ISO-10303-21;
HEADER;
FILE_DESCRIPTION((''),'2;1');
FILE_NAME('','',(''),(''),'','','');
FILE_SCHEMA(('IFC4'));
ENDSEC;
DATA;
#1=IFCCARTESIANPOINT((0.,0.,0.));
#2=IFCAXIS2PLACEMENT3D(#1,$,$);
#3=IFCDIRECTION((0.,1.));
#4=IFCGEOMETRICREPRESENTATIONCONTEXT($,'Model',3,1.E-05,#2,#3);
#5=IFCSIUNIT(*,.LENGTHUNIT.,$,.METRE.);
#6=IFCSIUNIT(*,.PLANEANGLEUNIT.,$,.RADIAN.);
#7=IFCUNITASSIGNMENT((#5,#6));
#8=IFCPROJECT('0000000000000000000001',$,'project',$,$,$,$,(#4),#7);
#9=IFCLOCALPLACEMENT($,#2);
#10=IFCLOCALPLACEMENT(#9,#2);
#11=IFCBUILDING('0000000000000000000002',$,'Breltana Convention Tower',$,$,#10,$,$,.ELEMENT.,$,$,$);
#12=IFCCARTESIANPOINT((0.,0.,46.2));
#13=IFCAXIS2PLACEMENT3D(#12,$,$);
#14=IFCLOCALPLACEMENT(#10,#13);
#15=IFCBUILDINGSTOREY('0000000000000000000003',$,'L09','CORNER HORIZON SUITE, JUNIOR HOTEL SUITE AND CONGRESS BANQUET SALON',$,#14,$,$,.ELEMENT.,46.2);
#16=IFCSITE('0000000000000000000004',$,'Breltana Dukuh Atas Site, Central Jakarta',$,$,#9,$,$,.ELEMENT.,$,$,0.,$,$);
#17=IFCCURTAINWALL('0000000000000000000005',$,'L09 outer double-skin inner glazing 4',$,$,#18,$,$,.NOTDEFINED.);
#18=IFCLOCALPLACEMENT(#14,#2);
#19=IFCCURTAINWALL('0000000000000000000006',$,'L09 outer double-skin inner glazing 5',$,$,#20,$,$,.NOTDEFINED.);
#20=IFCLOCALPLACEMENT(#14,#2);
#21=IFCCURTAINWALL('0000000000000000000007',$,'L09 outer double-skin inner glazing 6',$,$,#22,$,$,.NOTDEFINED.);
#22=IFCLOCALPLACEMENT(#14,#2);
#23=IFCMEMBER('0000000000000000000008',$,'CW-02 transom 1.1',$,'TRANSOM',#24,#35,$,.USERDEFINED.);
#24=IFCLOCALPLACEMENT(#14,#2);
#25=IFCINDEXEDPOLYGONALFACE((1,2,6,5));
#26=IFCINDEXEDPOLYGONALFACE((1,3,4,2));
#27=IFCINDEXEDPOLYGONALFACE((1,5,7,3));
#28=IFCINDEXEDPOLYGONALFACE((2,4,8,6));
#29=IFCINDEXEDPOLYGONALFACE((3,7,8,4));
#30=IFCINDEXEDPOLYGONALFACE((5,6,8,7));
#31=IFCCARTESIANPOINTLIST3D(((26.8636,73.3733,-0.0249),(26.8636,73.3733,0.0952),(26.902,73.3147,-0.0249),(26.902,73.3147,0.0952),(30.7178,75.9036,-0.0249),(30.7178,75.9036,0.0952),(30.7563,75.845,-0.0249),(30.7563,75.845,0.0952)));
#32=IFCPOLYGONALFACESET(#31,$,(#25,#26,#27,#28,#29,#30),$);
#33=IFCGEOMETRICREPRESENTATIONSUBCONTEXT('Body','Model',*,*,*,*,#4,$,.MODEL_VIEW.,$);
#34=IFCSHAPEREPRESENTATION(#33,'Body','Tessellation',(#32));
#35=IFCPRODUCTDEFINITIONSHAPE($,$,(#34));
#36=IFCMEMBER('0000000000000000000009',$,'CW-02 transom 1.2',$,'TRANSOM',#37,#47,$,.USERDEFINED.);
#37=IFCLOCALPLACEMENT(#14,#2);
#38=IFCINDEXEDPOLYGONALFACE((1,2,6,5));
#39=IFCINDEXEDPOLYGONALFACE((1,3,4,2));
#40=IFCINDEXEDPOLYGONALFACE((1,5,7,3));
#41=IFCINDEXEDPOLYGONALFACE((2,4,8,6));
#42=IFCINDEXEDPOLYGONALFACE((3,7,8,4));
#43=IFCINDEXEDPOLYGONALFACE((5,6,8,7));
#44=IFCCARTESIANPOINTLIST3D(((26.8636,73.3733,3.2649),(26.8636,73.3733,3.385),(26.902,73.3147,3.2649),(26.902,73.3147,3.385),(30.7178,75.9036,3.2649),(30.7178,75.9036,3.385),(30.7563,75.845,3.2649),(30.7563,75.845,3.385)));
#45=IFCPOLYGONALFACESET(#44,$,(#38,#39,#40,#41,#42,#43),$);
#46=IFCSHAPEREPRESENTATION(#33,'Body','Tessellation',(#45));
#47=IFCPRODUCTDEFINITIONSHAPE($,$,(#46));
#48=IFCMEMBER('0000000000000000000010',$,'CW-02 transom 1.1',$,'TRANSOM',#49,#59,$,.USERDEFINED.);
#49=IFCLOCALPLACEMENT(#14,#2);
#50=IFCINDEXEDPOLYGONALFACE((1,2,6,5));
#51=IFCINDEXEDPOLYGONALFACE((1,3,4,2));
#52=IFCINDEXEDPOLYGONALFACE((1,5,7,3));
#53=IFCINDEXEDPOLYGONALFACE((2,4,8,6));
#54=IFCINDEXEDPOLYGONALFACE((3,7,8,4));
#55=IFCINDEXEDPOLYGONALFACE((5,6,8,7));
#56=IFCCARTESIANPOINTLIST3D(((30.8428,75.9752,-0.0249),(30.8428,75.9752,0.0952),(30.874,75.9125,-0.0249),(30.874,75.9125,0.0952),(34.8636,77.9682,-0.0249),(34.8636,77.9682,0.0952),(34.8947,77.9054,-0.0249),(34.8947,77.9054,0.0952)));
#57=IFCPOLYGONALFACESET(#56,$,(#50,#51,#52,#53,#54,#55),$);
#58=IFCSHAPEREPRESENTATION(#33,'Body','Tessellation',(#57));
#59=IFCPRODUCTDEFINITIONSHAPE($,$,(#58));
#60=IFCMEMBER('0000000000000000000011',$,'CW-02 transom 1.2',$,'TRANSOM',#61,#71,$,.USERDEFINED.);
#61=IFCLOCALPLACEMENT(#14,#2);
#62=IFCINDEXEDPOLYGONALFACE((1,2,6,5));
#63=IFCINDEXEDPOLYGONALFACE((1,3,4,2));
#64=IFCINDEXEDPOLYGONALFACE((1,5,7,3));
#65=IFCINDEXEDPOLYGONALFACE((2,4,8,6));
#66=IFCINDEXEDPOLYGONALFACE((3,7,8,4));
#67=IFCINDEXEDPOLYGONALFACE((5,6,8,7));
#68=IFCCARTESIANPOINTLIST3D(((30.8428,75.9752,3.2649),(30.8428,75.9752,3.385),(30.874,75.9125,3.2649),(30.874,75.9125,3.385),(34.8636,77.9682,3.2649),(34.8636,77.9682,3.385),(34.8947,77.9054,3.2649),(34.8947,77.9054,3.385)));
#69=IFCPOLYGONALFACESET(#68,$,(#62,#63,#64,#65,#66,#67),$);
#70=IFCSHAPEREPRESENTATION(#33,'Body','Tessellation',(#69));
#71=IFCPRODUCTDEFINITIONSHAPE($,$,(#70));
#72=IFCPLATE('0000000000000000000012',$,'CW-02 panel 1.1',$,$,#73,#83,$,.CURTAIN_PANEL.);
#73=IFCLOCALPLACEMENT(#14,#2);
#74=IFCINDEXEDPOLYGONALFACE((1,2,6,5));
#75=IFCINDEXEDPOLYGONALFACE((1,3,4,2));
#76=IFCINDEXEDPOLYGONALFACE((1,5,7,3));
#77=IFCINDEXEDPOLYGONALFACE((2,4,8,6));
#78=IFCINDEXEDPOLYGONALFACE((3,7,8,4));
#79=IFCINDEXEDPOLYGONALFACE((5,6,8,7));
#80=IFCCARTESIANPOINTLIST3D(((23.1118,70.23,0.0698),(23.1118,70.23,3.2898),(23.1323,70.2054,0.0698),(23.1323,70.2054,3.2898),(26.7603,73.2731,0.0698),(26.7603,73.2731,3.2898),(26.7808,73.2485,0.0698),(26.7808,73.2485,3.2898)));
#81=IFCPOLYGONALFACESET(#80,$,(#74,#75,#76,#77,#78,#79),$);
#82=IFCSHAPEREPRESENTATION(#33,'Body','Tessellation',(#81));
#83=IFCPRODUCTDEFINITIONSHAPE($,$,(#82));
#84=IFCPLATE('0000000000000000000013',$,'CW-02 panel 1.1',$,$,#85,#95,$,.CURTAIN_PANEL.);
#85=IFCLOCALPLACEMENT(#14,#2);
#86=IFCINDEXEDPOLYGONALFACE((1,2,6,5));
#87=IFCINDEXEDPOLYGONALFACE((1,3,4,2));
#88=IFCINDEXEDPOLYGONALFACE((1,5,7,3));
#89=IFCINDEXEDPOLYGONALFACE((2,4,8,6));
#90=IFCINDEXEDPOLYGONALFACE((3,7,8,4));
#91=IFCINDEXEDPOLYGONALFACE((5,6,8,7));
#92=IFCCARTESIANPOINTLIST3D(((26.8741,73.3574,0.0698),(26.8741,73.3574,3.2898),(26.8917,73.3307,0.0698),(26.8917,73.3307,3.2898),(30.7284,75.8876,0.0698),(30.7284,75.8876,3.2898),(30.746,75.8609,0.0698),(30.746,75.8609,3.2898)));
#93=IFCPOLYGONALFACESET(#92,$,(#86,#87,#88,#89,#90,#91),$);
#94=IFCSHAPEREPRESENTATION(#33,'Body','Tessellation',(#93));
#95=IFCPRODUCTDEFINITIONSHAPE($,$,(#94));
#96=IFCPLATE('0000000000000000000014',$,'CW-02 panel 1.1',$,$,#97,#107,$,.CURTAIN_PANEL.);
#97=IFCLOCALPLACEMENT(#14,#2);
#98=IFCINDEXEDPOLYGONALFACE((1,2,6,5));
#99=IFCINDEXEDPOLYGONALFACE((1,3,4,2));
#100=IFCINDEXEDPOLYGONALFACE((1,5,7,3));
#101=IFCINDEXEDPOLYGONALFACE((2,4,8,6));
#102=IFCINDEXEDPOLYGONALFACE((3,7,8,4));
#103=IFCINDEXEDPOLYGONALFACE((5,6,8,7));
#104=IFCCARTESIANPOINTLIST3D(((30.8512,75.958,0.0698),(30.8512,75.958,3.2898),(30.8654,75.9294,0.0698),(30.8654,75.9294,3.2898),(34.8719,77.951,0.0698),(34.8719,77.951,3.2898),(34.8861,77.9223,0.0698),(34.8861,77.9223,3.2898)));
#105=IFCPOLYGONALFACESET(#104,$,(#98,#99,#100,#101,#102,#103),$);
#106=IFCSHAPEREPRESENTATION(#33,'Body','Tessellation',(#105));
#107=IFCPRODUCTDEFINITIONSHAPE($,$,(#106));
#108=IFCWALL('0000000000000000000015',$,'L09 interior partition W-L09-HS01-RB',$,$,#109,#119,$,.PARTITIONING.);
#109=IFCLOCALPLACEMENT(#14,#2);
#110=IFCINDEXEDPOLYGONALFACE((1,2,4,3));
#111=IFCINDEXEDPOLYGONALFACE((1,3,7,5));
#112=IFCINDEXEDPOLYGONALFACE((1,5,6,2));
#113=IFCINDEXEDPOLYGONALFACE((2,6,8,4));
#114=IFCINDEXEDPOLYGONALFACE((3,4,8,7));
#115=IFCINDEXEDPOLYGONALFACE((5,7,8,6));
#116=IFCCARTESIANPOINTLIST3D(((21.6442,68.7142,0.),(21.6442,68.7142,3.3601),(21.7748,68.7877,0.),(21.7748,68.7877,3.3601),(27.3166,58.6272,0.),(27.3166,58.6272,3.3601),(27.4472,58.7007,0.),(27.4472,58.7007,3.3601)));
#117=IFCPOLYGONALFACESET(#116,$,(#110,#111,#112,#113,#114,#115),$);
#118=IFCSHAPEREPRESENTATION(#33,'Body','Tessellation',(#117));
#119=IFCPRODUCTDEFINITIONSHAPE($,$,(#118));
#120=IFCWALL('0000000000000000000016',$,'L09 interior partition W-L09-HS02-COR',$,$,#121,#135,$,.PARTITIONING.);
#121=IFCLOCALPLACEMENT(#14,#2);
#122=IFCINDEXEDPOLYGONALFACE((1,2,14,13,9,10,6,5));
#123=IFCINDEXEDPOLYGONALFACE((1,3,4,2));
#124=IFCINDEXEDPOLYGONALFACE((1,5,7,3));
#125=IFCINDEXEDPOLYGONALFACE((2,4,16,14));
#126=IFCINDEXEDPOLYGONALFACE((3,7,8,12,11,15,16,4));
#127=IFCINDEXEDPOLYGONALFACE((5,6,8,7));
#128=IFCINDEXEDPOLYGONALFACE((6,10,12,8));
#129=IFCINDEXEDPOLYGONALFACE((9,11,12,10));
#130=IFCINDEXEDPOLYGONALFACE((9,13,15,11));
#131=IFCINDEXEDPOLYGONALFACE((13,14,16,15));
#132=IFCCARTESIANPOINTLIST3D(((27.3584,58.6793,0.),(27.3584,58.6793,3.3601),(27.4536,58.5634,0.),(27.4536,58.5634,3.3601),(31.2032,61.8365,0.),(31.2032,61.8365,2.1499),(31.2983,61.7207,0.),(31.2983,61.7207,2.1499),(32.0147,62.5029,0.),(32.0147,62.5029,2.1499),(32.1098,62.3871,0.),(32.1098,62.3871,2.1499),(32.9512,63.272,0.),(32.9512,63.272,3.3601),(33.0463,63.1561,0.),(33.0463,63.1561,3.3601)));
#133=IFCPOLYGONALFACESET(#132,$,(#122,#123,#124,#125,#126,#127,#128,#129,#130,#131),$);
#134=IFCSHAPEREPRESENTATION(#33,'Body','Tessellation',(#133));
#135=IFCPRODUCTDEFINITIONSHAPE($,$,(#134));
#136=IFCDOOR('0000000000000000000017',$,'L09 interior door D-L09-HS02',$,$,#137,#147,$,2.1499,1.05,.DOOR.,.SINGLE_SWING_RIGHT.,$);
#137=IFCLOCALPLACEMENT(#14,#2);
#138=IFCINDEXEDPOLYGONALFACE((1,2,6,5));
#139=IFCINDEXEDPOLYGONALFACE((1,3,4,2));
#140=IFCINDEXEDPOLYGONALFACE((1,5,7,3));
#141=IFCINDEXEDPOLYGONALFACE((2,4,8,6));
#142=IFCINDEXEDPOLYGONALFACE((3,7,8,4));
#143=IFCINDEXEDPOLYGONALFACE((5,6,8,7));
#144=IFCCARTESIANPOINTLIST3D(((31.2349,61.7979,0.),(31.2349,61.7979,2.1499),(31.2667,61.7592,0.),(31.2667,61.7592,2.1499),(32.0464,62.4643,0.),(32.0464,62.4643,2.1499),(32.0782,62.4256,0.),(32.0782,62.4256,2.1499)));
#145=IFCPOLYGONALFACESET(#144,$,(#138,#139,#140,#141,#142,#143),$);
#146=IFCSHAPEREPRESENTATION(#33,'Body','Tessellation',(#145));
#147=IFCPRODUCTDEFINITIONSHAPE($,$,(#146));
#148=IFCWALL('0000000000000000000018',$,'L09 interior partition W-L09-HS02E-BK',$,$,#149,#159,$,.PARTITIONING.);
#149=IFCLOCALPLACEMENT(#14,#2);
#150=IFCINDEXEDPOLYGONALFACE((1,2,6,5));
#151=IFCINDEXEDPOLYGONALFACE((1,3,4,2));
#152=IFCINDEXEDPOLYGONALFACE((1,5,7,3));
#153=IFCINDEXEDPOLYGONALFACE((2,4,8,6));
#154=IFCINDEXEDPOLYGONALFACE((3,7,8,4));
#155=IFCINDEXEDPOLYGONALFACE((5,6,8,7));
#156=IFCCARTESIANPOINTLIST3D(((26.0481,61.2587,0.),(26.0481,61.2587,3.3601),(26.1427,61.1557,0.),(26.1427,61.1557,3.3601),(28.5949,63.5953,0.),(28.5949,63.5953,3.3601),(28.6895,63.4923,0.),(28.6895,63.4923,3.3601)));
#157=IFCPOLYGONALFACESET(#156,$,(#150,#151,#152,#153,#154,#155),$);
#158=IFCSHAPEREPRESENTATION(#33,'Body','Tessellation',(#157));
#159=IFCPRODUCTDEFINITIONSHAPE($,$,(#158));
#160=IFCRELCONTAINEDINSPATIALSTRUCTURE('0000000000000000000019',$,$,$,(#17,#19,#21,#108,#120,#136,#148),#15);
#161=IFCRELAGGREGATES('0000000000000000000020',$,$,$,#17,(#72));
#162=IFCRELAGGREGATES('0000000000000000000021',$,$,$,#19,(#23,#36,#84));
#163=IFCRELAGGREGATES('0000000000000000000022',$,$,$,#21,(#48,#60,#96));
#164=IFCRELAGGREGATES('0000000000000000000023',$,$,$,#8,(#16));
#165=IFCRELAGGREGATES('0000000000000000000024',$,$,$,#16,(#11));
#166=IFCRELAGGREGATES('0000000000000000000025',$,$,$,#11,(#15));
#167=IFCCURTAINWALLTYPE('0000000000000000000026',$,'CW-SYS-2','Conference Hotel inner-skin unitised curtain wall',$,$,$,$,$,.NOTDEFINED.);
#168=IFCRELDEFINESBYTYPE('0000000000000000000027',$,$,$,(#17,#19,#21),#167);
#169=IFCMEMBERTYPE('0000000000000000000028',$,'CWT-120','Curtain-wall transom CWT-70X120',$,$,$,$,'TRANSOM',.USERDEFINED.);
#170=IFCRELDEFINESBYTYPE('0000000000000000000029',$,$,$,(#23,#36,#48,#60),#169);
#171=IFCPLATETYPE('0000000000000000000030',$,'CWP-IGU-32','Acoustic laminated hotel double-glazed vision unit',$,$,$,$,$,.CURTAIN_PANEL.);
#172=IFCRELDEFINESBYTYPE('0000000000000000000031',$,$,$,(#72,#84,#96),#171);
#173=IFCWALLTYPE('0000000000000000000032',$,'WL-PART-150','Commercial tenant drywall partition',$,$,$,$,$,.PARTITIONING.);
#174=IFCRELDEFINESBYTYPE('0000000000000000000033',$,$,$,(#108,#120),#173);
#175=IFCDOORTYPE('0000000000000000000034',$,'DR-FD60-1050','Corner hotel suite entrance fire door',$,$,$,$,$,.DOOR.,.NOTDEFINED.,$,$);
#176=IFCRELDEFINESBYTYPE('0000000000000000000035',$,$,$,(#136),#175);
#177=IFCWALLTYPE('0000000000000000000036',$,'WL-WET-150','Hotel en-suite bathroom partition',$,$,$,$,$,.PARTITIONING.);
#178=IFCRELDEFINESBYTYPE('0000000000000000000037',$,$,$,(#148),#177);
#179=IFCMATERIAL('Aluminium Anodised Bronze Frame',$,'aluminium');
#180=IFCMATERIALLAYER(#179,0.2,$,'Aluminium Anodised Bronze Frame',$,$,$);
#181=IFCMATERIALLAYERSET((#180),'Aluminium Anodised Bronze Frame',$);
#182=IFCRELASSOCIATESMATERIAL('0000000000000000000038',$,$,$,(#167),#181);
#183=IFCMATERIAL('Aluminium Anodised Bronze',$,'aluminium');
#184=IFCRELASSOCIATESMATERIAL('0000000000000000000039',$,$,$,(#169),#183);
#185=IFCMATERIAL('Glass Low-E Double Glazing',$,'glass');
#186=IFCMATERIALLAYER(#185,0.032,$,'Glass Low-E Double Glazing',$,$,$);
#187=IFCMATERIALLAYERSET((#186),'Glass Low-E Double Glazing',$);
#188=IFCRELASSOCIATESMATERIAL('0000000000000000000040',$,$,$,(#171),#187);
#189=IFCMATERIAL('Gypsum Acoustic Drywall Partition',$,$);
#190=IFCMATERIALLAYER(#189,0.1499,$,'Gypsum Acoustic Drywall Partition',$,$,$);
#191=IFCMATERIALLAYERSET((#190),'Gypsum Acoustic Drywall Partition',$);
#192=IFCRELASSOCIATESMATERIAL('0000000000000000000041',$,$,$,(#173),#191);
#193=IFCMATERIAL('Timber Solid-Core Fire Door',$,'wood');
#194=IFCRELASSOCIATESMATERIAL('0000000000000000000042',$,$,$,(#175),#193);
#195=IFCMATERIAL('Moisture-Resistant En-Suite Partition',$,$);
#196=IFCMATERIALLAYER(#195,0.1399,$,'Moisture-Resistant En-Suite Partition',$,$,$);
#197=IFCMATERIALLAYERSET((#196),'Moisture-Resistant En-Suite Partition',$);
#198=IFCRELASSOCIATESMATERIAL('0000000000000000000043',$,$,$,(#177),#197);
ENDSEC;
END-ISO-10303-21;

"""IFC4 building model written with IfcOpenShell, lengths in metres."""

from ifc_helpers import new_model, si_unit, direction, frame, frame_2d, origin, origin_2d, place, context, subcontext, project, spatial, rectangle, extrude, source, transform, mapped, material, layer, layer_set, material_profile, profile_set, type_object, type_shapes, element, fill, aggregate, save


model = new_model("IFC4")

# Units and contexts
model_context = context("Model", 3, precision=1e-05, world=origin(), true_north=direction((0.0, 1.0)))
body_context = subcontext(model_context, "Body", "Model", "MODEL_VIEW")
ifc_project = project(units=[si_unit("LENGTHUNIT", "METRE"), si_unit("PLANEANGLEUNIT", "RADIAN")], contexts=[model_context])

# Site, building, storey
site_placement = place(None, origin())
site = spatial("IfcSite", under=ifc_project, at=site_placement, Name="Breltana Dukuh Atas Site, Central Jakarta", CompositionType="ELEMENT", RefElevation=0.0)
building_placement = place(site_placement, origin())
building = spatial("IfcBuilding", under=site, at=building_placement, Name="Breltana Convention Tower", CompositionType="ELEMENT")
storey_placement = place(building_placement, frame((0.0, 0.0, 46.2)))
storey = spatial("IfcBuildingStorey", under=building, at=storey_placement, Name="L09", Description="CORNER HORIZON SUITE, JUNIOR HOTEL SUITE AND CONGRESS BANQUET SALON", CompositionType="ELEMENT", Elevation=46.2)

# Shared definitions
ifc_material_1 = material(Name="Aluminium Anodised Bronze Frame", Category="aluminium")
ifc_layer_1 = layer(ifc_material_1, 0.2, Name="Aluminium Anodised Bronze Frame")
ifc_layer_set_1 = layer_set([ifc_layer_1], Name="Aluminium Anodised Bronze Frame")
curtain_wall_type = type_object("IfcCurtainWallType", Name="CW-SYS-2", Description="Conference Hotel inner-skin unitised curtain wall", PredefinedType="NOTDEFINED", material=ifc_layer_set_1)
ifc_material_2 = material(Name="Aluminium Anodised Bronze", Category="aluminium")

# Curtain walls
curtain_wall_1_placement = place(storey_placement, origin())
curtain_wall_1 = element("IfcCurtainWall", 1, at=curtain_wall_1_placement, inside=storey, type_object=curtain_wall_type, Name="L09 outer double-skin inner glazing 4", PredefinedType="NOTDEFINED")
curtain_wall_2_placement = place(storey_placement, origin())
curtain_wall_2 = element("IfcCurtainWall", 2, at=curtain_wall_2_placement, inside=storey, type_object=curtain_wall_type, Name="L09 outer double-skin inner glazing 5", PredefinedType="NOTDEFINED")

# Curtain wall
curtain_wall_3_placement = place(storey_placement, origin())
curtain_wall_3 = element("IfcCurtainWall", 3, at=curtain_wall_3_placement, inside=storey, type_object=curtain_wall_type, Name="L09 outer double-skin inner glazing 6", PredefinedType="NOTDEFINED")

# Members
ifc_material_profile_1 = material_profile(ifc_material_2, rectangle(XDim=0.0701, YDim=0.1201, at=origin_2d()), Name="CWT-70X120")
ifc_profile_set_1 = profile_set([ifc_material_profile_1], Name="Aluminium Anodised Bronze")
member_type_1 = type_object("IfcMemberType", Name="CWT-120", Description="Curtain-wall transom CWT-70X120", ElementType="TRANSOM", PredefinedType="USERDEFINED", material=ifc_profile_set_1)
shared_shape_1 = source(origin(), body_context, "Body", "SweptSolid", [
    extrude(rectangle(XDim=0.0701, YDim=0.1201, at=origin_2d()), origin(), (0.0, 0.0, 1.0), 4.6106),
])
member_1_placement = place(storey_placement, frame((26.8828, 73.344, 0.0352), z_axis=(0.835956, 0.548796, 0.0), x_axis=(-0.548796, 0.835956, 0.0)))
member_1 = element("IfcMember", 4, at=member_1_placement, type_object=member_type_1, Name="CW-02 transom 1.1", ObjectType="TRANSOM", PredefinedType="USERDEFINED", context=body_context, shape_type="MappedRepresentation", body=[
    mapped(shared_shape_1, transform((0.0, 0.0, 0.0), scale=1.0)),
])
member_2_placement = place(storey_placement, frame((26.8828, 73.344, 3.325), z_axis=(0.835956, 0.548796, 0.0), x_axis=(-0.548796, 0.835956, 0.0)))
member_2 = element("IfcMember", 5, at=member_2_placement, type_object=member_type_1, Name="CW-02 transom 1.2", ObjectType="TRANSOM", PredefinedType="USERDEFINED", context=body_context, shape_type="MappedRepresentation", body=[
    mapped(shared_shape_1, transform((0.0, 0.0, 0.0), scale=1.0)),
])
shared_shape_2 = source(origin(), body_context, "Body", "SweptSolid", [
    extrude(rectangle(XDim=0.0701, YDim=0.1201, at=origin_2d()), origin(), (0.0, 0.0, 1.0), 4.4875),
])
member_3_placement = place(storey_placement, frame((30.8584, 75.9438, 0.0352), z_axis=(0.895978, 0.444099, 0.0), x_axis=(-0.444099, 0.895978, 0.0)))
member_3 = element("IfcMember", 6, at=member_3_placement, type_object=member_type_1, Name="CW-02 transom 1.1", ObjectType="TRANSOM", PredefinedType="USERDEFINED", context=body_context, shape_type="MappedRepresentation", body=[
    mapped(shared_shape_2, transform((0.0, 0.0, 0.0), scale=1.0)),
])
member_4_placement = place(storey_placement, frame((30.8584, 75.9438, 3.325), z_axis=(0.895978, 0.444099, 0.0), x_axis=(-0.444099, 0.895978, 0.0)))
member_4 = element("IfcMember", 7, at=member_4_placement, type_object=member_type_1, Name="CW-02 transom 1.2", ObjectType="TRANSOM", PredefinedType="USERDEFINED", context=body_context, shape_type="MappedRepresentation", body=[
    mapped(shared_shape_2, transform((0.0, 0.0, 0.0), scale=1.0)),
])

# Plates
ifc_material_3 = material(Name="Glass Low-E Double Glazing", Category="glass")
ifc_layer_2 = layer(ifc_material_3, 0.032, Name="Glass Low-E Double Glazing")
ifc_layer_set_2 = layer_set([ifc_layer_2], Name="Glass Low-E Double Glazing")
plate_type = type_object("IfcPlateType", Name="CWP-IGU-32", Description="Acoustic laminated hotel double-glazed vision unit", PredefinedType="CURTAIN_PANEL", material=ifc_layer_set_2)
shared_shape_3 = source(origin(), body_context, "Body", "SweptSolid", [
    extrude(rectangle(XDim=4.751, YDim=0.032, at=origin_2d()), origin(), (0.0, 0.0, 1.0), 3.22),
])
plate_1_placement = place(storey_placement, frame((24.9463, 71.7393, 0.0698), z_axis=(0.0, 0.0, 1.0), x_axis=(0.767941, 0.64052, 0.0)))
plate_1 = element("IfcPlate", 8, at=plate_1_placement, type_object=plate_type, Name="CW-02 panel 1.1", PredefinedType="CURTAIN_PANEL", context=body_context, shape_type="MappedRepresentation", body=[
    mapped(shared_shape_3, transform((0.0, 0.0, 0.0), scale=1.0)),
])
aggregate(curtain_wall_1, [plate_1])
shared_shape_4 = source(origin(), body_context, "Body", "SweptSolid", [
    extrude(rectangle(XDim=4.6106, YDim=0.032, at=origin_2d()), origin(), (0.0, 0.0, 1.0), 3.22),
])
plate_2_placement = place(storey_placement, frame((28.8101, 74.6091, 0.0698), z_axis=(0.0, 0.0, 1.0), x_axis=(0.835964, 0.548784, 0.0)))
plate_2 = element("IfcPlate", 9, at=plate_2_placement, type_object=plate_type, Name="CW-02 panel 1.1", PredefinedType="CURTAIN_PANEL", context=body_context, shape_type="MappedRepresentation", body=[
    mapped(shared_shape_4, transform((0.0, 0.0, 0.0), scale=1.0)),
])
aggregate(curtain_wall_2, [member_1, member_2, plate_2])
shared_shape_5 = source(origin(), body_context, "Body", "SweptSolid", [
    extrude(rectangle(XDim=4.4875, YDim=0.032, at=origin_2d()), origin(), (0.0, 0.0, 1.0), 3.22),
])
plate_3_placement = place(storey_placement, frame((32.8687, 76.9402, 0.0698), z_axis=(0.0, 0.0, 1.0), x_axis=(0.895973, 0.444108, 0.0)))
plate_3 = element("IfcPlate", 10, at=plate_3_placement, type_object=plate_type, Name="CW-02 panel 1.1", PredefinedType="CURTAIN_PANEL", context=body_context, shape_type="MappedRepresentation", body=[
    mapped(shared_shape_5, transform((0.0, 0.0, 0.0), scale=1.0)),
])
aggregate(curtain_wall_3, [member_3, member_4, plate_3])

# Wall
ifc_material_4 = material(Name="Gypsum Acoustic Drywall Partition")
ifc_layer_3 = layer(ifc_material_4, 0.1499, Name="Gypsum Acoustic Drywall Partition")
ifc_layer_set_3 = layer_set([ifc_layer_3], Name="Gypsum Acoustic Drywall Partition")
wall_type_1 = type_object("IfcWallType", Name="WL-PART-150", Description="Commercial tenant drywall partition", PredefinedType="PARTITIONING", material=ifc_layer_set_3)
shared_shape_6 = source(origin(), body_context, "Body", "SweptSolid", [
    extrude(rectangle(XDim=11.5725, YDim=0.1499, at=frame_2d((5.7861, 0.0))), origin(), (0.0, 0.0, 1.0), 3.3601),
])
wall_1_placement = place(storey_placement, frame((27.3818, 58.6641, 0.0), z_axis=(0.0, 0.0, 1.0), x_axis=(-0.490161, 0.871632, 0.0)))
element("IfcWall", 11, at=wall_1_placement, inside=storey, type_object=wall_type_1, Name="L09 interior partition W-L09-HS01-RB", PredefinedType="PARTITIONING", context=body_context, shape_type="MappedRepresentation", body=[
    mapped(shared_shape_6, transform((0.0, 0.0, 0.0), scale=1.0)),
])

# Wall, opening, door
shared_shape_7 = source(origin(), body_context, "Body", "SweptSolid", [
    extrude(rectangle(XDim=7.2368, YDim=0.1499, at=frame_2d((3.6184, 0.0))), origin(), (0.0, 0.0, 1.0), 3.3601),
])
wall_2_placement = place(storey_placement, frame((27.406, 58.6213, 0.0), z_axis=(0.0, 0.0, 1.0), x_axis=(0.772814, 0.634633, 0.0)))
wall_2 = element("IfcWall", 12, at=wall_2_placement, inside=storey, type_object=wall_type_1, Name="L09 interior partition W-L09-HS02-COR", PredefinedType="PARTITIONING", context=body_context, shape_type="MappedRepresentation", body=[
    mapped(shared_shape_7, transform((0.0, 0.0, 0.0), scale=1.0)),
])
opening_1_placement = place(wall_2_placement, frame((4.9751, 0.0, 0.0)))
opening_1 = element("IfcOpeningElement", 13, at=opening_1_placement, cuts=wall_2, PredefinedType="OPENING", context=body_context, shape_type="SweptSolid", body=[
    extrude(rectangle(XDim=1.05, YDim=2.1499, at=frame_2d((0.5249, 1.075))), frame((0.0, 0.085, 0.0), z_axis=(0.0, -1.0, 0.0), x_axis=(1.0, 0.0, 0.0)), (0.0, 0.0, 1.0), 0.1699),
])
ifc_material_5 = material(Name="Timber Solid-Core Fire Door", Category="wood")
door_type_1 = type_object("IfcDoorType", Name="DR-FD60-1050", Description="Corner hotel suite entrance fire door", OperationType="NOTDEFINED", PredefinedType="DOOR", material=ifc_material_5)
shared_shape_8 = source(origin(), body_context, "Body", "SweptSolid", [
    extrude(rectangle(XDim=1.05, YDim=2.1499, at=frame_2d((0.5249, 1.075))), frame((0.0, 0.0249, 0.0), z_axis=(0.0, -1.0, 0.0), x_axis=(1.0, 0.0, 0.0)), (0.0, 0.0, 1.0), 0.05),
])
type_shapes(door_type_1, [shared_shape_8])
door_1_placement = place(opening_1_placement, origin())
door_1 = element("IfcDoor", 14, at=door_1_placement, inside=storey, type_object=door_type_1, Name="L09 interior door D-L09-HS02", OperationType="SINGLE_SWING_RIGHT", OverallHeight=2.1499, OverallWidth=1.05, PredefinedType="DOOR", context=body_context, shape_type="MappedRepresentation", body=[
    mapped(shared_shape_8, transform((0.0, 0.0, 0.0), scale=1.0)),
])
fill(opening_1, door_1)

# Wall
ifc_material_6 = material(Name="Moisture-Resistant En-Suite Partition")
ifc_layer_4 = layer(ifc_material_6, 0.1399, Name="Moisture-Resistant En-Suite Partition")
ifc_layer_set_4 = layer_set([ifc_layer_4], Name="Moisture-Resistant En-Suite Partition")
wall_type_2 = type_object("IfcWallType", Name="WL-WET-150", Description="Hotel en-suite bathroom partition", PredefinedType="PARTITIONING", material=ifc_layer_set_4)
shared_shape_9 = source(origin(), body_context, "Body", "SweptSolid", [
    extrude(rectangle(XDim=3.4563, YDim=0.1399, at=frame_2d((1.728, 0.0))), origin(), (0.0, 0.0, 1.0), 3.3601),
])
wall_3_placement = place(storey_placement, frame((26.0955, 61.2073, 0.0), z_axis=(0.0, 0.0, 1.0), x_axis=(0.736861, 0.676044, 0.0)))
element("IfcWall", 15, at=wall_3_placement, inside=storey, type_object=wall_type_2, Name="L09 interior partition W-L09-HS02E-BK", PredefinedType="PARTITIONING", context=body_context, shape_type="MappedRepresentation", body=[
    mapped(shared_shape_9, transform((0.0, 0.0, 0.0), scale=1.0)),
])

save(model, "model.ifc")
